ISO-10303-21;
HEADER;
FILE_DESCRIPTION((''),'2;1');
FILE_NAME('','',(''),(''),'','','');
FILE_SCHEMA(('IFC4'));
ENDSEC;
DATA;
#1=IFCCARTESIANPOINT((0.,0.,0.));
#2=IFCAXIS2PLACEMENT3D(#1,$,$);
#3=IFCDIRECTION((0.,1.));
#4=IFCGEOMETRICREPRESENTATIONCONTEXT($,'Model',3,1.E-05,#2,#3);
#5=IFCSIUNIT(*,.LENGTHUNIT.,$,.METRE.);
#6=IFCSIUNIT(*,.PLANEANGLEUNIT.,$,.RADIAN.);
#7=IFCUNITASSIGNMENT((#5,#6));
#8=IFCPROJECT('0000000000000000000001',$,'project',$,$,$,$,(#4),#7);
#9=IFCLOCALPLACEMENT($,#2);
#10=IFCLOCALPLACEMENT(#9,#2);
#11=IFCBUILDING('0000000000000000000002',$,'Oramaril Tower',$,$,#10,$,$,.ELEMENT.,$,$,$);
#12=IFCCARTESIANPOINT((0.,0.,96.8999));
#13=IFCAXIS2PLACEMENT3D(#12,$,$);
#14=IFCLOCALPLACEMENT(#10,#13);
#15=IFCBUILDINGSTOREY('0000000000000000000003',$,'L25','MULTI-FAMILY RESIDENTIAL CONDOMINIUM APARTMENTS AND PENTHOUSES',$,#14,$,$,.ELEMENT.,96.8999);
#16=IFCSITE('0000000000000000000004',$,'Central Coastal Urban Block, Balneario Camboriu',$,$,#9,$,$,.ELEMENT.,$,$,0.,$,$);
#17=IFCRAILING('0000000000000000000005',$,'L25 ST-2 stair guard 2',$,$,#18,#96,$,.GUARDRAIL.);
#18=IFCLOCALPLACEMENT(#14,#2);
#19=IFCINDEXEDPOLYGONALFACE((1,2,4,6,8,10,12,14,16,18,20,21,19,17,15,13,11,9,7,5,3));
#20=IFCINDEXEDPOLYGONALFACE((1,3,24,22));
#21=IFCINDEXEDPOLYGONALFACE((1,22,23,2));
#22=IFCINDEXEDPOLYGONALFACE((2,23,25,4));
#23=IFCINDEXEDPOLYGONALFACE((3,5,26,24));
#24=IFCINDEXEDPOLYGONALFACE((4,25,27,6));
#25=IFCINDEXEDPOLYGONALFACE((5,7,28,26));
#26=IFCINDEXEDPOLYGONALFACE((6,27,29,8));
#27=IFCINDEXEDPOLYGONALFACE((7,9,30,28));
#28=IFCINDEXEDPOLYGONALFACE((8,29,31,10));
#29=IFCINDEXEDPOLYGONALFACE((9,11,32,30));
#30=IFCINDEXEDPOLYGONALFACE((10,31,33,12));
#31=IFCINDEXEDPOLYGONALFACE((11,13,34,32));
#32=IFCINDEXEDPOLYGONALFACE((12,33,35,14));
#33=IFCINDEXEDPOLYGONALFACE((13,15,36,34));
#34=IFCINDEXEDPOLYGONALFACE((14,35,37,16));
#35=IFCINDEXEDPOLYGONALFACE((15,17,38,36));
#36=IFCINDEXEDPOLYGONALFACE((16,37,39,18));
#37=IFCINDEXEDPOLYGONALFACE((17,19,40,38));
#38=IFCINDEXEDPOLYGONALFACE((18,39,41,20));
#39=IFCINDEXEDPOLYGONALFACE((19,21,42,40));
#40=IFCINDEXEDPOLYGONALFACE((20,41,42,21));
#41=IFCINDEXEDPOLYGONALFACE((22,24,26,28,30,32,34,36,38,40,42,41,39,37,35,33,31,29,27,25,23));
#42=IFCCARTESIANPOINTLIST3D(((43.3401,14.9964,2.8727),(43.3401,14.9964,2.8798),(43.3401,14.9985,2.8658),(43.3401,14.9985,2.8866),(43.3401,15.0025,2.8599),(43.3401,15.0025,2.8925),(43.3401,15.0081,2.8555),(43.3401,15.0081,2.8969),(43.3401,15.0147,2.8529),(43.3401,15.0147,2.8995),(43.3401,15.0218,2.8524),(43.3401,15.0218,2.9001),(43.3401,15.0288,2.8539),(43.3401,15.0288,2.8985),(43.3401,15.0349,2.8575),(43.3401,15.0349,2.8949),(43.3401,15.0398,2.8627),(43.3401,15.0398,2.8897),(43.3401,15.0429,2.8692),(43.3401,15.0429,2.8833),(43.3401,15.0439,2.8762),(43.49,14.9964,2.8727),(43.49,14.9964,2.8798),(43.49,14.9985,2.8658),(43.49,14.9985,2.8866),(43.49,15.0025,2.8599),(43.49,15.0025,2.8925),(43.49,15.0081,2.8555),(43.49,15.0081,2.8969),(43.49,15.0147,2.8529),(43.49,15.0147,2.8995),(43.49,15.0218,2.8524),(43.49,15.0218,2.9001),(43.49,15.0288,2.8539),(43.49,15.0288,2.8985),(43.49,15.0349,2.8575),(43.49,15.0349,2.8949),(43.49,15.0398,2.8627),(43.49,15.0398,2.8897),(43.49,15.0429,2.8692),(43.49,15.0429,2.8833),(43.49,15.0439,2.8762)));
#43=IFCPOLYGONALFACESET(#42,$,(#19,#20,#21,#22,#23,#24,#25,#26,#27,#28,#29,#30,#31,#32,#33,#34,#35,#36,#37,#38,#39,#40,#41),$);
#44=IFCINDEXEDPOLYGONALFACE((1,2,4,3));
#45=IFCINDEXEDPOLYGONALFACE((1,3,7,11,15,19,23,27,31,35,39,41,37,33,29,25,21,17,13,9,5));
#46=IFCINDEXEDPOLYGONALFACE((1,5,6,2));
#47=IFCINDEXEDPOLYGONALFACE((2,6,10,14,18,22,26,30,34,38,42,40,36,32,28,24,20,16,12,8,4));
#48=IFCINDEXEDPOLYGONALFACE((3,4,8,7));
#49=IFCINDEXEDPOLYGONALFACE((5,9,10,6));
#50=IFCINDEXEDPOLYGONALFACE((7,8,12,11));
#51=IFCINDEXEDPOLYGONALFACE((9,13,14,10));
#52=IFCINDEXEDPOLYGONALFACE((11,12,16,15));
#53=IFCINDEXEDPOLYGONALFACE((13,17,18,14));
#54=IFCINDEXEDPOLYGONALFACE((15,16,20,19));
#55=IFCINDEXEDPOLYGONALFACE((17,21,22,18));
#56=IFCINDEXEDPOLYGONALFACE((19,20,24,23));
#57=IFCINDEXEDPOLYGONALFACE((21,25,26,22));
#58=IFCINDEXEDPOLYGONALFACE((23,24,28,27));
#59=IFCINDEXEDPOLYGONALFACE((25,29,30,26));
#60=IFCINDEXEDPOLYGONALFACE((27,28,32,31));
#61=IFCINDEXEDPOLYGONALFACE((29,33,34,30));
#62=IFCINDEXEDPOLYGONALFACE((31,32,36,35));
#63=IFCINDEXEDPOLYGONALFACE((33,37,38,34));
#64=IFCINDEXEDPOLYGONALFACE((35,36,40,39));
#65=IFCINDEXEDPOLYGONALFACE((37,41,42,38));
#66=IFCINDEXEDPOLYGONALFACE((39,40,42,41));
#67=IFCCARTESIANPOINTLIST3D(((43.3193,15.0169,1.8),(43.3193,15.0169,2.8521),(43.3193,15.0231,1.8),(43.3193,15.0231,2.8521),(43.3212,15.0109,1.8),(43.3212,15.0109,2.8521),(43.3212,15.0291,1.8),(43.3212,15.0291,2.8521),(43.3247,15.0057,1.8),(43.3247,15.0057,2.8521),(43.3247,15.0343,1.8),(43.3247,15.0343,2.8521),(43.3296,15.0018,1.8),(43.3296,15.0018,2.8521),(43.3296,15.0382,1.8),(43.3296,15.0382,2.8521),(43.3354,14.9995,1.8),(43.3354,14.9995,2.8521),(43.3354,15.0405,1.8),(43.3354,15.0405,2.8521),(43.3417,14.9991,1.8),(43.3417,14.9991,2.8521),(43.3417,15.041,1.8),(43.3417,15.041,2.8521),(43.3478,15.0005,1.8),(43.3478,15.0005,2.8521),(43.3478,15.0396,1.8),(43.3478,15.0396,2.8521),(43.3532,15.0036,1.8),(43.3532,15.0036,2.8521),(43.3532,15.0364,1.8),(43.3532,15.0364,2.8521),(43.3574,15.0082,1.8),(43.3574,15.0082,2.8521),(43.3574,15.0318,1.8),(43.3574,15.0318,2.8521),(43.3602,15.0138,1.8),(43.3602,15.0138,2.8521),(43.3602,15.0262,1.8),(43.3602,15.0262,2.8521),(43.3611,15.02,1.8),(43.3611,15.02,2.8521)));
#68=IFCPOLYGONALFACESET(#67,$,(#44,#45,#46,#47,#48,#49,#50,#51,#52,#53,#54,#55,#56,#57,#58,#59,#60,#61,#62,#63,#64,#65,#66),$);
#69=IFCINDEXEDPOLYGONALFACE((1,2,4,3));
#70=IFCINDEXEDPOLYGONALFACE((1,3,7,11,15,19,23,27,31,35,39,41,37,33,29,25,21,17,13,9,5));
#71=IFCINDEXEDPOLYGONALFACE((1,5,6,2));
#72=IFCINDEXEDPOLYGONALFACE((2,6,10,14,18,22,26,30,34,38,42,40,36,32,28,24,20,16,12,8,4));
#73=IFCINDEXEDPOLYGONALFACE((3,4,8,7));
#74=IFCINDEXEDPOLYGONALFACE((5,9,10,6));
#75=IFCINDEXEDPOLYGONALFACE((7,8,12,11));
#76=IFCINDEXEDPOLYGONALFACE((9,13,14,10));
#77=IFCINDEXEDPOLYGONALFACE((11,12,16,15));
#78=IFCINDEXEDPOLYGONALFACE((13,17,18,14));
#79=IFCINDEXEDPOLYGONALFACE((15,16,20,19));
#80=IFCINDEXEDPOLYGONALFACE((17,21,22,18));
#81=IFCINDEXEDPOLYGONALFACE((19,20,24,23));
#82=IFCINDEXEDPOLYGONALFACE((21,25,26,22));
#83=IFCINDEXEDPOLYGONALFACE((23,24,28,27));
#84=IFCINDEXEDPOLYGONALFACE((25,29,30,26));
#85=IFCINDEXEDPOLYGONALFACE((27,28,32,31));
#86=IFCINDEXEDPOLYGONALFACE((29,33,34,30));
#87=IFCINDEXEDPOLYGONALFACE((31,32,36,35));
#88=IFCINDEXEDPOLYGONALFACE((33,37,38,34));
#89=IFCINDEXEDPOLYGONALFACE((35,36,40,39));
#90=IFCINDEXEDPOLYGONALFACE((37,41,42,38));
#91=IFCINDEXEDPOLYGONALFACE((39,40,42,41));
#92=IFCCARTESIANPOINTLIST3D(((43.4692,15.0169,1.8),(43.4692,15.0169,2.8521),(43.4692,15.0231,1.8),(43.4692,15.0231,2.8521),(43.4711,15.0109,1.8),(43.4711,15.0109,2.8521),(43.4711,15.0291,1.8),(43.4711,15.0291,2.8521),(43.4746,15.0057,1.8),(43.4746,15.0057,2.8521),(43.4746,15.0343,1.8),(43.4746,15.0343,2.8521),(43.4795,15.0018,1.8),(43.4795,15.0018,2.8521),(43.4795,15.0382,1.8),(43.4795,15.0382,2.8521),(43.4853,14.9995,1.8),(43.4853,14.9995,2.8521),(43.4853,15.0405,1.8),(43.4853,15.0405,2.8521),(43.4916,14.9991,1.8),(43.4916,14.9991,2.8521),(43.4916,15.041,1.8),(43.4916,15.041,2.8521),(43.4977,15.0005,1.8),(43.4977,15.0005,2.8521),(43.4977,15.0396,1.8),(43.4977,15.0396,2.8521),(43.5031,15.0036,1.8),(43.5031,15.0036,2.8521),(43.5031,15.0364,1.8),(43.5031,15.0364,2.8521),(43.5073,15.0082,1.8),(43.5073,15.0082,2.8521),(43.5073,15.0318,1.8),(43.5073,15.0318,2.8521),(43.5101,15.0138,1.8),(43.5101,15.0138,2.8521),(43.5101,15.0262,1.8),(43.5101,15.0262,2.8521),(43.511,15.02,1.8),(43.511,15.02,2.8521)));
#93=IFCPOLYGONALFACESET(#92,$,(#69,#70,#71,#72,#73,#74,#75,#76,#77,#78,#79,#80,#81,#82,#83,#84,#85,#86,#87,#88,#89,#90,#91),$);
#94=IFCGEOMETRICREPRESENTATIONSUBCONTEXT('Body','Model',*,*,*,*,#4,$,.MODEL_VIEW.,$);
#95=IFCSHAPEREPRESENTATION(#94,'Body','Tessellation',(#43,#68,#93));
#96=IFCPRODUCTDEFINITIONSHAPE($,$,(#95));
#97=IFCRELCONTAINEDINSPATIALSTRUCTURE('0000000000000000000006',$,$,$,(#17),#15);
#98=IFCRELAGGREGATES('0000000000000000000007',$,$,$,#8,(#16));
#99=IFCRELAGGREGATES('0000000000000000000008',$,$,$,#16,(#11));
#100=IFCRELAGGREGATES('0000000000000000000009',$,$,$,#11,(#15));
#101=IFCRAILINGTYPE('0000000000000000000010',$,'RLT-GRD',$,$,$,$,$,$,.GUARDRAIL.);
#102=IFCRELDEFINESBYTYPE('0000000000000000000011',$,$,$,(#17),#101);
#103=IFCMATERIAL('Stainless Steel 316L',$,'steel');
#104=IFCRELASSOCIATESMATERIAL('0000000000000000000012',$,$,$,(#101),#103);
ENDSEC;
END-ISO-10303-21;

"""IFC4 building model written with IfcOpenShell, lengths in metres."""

from ifc_helpers import new_model, si_unit, direction, frame, origin, origin_2d, place, context, subcontext, project, spatial, circle, extrude, material, type_object, element, save


model = new_model("IFC4")

# Units and contexts
model_context = context("Model", 3, precision=1e-05, world=origin(), true_north=direction((0.0, 1.0)))
body_context = subcontext(model_context, "Body", "Model", "MODEL_VIEW")
ifc_project = project(units=[si_unit("LENGTHUNIT", "METRE"), si_unit("PLANEANGLEUNIT", "RADIAN")], contexts=[model_context])

# Site, building, storey
site_placement = place(None, origin())
site = spatial("IfcSite", under=ifc_project, at=site_placement, Name="Central Coastal Urban Block, Balneario Camboriu", CompositionType="ELEMENT", RefElevation=0.0)
building_placement = place(site_placement, origin())
building = spatial("IfcBuilding", under=site, at=building_placement, Name="Oramaril Tower", CompositionType="ELEMENT")
storey_placement = place(building_placement, frame((0.0, 0.0, 96.8999)))
storey = spatial("IfcBuildingStorey", under=building, at=storey_placement, Name="L25", Description="MULTI-FAMILY RESIDENTIAL CONDOMINIUM APARTMENTS AND PENTHOUSES", CompositionType="ELEMENT", Elevation=96.8999)

# Railing
ifc_material_1 = material(Name="Stainless Steel 316L", Category="steel")
railing_type_1 = type_object("IfcRailingType", Name="RLT-GRD", PredefinedType="GUARDRAIL", material=ifc_material_1)
railing_1_placement = place(storey_placement, frame((43.3401, 15.02, 1.8)))
element("IfcRailing", 1, at=railing_1_placement, inside=storey, type_object=railing_type_1, Name="L25 ST-2 stair guard 2", PredefinedType="GUARDRAIL", context=body_context, shape_type="SweptSolid", body=[
    extrude(circle(Radius=0.0239, at=origin_2d()), frame((0.0, 0.0, 1.0762), z_axis=(1.0, 0.0, 0.0), x_axis=(0.0, 1.0, 0.0)), (0.0, 0.0, 1.0), 0.1499),
    extrude(circle(Radius=0.021, at=origin_2d()), origin(), (0.0, 0.0, 1.0), 1.052),
    extrude(circle(Radius=0.021, at=origin_2d()), frame((0.1499, 0.0, 0.0)), (0.0, 0.0, 1.0), 1.052),
])

save(model, "model.ifc")
